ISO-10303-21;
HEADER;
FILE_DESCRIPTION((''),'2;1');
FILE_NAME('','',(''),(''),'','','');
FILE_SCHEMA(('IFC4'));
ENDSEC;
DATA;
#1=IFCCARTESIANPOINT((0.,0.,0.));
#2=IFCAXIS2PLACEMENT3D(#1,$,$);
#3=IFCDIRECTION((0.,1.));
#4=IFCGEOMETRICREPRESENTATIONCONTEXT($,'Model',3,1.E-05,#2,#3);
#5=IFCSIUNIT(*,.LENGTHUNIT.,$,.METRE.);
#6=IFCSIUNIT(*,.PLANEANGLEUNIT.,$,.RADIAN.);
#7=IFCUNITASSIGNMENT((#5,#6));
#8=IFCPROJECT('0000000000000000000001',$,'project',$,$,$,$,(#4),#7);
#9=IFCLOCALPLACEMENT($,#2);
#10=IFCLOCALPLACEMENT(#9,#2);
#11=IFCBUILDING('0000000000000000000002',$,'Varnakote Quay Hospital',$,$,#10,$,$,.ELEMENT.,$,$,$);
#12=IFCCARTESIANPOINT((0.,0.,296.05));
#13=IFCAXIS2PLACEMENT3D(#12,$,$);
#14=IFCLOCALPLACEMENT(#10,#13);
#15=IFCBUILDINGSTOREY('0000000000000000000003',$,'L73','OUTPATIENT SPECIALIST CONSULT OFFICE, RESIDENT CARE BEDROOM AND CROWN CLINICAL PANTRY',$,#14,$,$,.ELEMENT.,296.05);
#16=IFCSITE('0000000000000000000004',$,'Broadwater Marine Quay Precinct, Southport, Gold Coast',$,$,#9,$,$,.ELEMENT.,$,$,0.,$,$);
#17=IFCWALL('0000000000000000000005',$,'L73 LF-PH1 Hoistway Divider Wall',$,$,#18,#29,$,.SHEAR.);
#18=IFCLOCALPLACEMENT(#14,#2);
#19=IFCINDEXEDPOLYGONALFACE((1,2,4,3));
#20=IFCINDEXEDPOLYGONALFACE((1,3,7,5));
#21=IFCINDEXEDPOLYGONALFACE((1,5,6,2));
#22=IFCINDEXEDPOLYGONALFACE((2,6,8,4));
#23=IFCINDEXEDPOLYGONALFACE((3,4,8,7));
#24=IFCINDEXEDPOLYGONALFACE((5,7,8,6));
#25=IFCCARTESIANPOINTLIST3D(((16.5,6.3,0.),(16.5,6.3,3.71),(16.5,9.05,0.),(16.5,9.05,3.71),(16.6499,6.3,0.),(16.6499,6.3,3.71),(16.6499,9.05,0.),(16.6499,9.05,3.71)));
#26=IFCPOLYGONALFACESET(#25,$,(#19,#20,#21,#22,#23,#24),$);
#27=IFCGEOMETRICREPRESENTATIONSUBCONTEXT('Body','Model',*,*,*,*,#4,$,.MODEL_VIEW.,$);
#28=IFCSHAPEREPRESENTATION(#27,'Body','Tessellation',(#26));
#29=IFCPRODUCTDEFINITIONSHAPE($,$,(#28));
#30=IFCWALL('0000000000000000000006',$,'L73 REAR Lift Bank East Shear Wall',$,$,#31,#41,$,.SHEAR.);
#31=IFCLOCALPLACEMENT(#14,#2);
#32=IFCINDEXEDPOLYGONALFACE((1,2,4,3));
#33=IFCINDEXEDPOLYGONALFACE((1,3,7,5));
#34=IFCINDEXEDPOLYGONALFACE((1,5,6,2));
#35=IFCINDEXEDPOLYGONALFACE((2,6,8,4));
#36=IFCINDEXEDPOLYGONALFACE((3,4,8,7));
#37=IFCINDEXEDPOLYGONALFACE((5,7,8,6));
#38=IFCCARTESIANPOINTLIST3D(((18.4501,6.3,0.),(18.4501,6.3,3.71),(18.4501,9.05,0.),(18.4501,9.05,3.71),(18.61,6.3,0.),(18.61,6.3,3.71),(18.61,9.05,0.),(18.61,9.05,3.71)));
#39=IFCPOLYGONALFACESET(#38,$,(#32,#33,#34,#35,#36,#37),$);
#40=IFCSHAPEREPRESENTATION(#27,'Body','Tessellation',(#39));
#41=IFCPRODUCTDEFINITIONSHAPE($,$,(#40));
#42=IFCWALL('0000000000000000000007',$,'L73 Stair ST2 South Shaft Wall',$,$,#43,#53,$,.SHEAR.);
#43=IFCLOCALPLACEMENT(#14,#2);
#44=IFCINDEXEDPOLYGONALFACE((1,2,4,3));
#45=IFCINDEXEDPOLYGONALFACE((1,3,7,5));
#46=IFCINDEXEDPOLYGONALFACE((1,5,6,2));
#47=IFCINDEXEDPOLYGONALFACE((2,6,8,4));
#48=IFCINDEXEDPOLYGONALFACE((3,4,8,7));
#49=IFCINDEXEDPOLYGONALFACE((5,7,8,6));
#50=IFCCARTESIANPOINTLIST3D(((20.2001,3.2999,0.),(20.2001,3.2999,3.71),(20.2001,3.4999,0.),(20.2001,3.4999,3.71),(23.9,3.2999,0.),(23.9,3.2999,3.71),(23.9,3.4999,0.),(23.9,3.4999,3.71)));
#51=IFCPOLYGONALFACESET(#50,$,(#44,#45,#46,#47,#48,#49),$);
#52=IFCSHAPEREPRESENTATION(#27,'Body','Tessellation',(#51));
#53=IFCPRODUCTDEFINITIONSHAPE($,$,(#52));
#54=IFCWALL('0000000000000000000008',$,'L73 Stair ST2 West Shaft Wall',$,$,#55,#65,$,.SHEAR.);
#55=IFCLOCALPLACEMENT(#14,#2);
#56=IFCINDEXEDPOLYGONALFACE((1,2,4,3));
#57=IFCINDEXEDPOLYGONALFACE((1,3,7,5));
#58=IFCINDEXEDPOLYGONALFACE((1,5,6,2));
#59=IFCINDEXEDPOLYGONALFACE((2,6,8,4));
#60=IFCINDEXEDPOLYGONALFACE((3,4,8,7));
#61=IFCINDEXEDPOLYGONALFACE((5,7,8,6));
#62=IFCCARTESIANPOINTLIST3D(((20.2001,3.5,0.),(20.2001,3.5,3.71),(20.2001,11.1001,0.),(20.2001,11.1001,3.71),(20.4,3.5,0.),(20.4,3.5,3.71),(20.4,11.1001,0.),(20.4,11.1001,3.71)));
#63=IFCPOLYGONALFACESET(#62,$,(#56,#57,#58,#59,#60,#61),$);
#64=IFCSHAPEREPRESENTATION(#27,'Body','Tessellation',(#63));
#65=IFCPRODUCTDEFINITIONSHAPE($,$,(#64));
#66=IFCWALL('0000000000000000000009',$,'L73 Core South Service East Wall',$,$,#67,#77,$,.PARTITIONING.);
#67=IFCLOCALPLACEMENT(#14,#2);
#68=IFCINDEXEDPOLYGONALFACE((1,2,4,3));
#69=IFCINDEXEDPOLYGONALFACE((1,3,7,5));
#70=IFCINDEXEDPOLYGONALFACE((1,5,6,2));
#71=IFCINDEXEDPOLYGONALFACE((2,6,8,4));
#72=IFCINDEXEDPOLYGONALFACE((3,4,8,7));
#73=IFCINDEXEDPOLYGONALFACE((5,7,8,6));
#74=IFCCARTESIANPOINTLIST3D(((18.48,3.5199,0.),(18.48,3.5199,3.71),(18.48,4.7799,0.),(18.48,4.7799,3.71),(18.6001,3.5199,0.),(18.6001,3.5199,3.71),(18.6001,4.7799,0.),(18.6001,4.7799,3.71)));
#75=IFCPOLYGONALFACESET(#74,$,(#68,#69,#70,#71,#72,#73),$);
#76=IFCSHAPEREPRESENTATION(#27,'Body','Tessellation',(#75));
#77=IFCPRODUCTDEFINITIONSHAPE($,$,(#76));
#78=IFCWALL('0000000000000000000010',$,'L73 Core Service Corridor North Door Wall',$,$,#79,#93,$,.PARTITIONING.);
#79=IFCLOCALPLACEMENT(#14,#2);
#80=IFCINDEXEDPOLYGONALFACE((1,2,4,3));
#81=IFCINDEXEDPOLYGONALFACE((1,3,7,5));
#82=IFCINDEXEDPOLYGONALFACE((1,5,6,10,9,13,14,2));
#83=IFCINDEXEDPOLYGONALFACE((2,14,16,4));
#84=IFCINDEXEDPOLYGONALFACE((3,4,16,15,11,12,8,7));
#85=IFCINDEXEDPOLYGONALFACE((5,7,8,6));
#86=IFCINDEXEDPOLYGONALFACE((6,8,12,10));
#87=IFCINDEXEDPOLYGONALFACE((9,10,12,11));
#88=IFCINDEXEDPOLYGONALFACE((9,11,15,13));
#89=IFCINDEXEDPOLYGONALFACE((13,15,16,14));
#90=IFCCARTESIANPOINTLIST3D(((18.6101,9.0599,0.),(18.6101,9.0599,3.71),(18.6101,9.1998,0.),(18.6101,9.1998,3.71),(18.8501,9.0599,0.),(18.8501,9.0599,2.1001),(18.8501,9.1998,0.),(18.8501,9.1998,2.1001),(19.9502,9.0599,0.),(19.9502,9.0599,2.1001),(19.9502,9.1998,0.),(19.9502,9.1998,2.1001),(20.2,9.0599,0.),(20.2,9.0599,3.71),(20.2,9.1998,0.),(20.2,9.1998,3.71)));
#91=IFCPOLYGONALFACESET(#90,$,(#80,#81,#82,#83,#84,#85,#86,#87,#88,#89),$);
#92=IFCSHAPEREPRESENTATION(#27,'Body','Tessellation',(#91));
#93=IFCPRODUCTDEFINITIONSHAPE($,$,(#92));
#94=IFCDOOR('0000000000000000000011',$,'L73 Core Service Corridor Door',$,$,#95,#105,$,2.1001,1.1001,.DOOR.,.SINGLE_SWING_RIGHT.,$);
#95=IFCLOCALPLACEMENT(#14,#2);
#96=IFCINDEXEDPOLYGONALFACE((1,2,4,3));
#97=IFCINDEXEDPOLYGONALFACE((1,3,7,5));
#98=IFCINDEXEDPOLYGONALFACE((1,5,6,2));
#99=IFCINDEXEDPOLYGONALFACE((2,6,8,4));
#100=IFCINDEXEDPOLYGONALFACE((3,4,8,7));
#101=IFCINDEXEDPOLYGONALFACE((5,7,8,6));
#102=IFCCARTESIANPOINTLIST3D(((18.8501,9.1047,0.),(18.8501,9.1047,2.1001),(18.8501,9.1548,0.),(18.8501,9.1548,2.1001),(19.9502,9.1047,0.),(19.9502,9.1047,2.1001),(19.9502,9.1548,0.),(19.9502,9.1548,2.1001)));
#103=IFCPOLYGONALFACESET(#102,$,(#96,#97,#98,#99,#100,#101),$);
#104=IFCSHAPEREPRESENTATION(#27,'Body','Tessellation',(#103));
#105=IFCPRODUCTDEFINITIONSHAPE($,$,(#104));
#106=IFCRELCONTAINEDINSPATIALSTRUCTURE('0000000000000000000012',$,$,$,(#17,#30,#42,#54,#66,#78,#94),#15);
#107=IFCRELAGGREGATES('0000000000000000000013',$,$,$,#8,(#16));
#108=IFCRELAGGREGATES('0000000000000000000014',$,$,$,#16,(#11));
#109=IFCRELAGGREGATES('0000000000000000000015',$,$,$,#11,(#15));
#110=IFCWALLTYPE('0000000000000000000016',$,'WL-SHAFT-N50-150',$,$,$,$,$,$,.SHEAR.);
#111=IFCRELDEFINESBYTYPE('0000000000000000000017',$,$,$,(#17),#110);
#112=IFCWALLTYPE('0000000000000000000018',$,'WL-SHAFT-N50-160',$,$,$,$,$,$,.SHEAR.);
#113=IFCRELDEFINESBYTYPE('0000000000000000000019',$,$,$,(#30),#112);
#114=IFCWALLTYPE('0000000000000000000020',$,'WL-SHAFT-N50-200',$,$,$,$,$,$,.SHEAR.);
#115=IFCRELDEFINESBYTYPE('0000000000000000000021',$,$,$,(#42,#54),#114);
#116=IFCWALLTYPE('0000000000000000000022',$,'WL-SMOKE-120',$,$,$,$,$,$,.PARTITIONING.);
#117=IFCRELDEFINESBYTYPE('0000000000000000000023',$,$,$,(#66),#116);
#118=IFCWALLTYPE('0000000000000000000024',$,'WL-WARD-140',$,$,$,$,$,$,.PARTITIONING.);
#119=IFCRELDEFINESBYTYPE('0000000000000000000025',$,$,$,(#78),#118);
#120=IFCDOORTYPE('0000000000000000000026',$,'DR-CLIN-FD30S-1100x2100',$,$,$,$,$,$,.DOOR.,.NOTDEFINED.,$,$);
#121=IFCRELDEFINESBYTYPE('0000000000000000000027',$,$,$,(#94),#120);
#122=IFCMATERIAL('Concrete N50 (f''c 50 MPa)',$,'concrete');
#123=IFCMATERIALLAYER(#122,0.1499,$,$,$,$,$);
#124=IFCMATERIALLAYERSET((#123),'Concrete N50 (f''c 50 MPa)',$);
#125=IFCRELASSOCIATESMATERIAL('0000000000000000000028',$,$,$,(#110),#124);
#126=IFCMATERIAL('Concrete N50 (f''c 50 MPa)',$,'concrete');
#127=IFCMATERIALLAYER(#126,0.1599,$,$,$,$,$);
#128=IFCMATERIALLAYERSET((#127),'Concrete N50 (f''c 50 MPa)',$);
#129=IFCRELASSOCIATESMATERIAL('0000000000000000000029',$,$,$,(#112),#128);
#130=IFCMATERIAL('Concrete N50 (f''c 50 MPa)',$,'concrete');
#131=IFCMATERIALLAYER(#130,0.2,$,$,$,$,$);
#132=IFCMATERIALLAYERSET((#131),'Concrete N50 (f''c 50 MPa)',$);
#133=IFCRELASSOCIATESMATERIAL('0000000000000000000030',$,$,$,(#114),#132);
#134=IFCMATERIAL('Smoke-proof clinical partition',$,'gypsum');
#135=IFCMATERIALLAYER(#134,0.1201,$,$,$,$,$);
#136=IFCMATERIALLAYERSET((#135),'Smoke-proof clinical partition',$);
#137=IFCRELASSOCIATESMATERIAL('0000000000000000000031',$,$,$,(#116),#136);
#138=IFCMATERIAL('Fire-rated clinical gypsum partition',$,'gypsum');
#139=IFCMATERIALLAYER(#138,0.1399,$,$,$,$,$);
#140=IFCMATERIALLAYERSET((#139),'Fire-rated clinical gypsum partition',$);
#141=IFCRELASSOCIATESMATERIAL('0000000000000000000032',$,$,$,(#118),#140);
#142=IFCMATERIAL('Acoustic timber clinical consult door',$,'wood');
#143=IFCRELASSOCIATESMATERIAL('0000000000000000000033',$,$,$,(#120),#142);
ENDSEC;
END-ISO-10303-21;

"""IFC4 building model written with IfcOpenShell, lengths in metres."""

from ifc_helpers import new_model, si_unit, direction, frame, frame_2d, origin, place, context, subcontext, project, spatial, rectangle, extrude, material, layer, layer_set, type_object, element, fill, save


model = new_model("IFC4")

# Units and contexts
model_context = context("Model", 3, precision=1e-05, world=origin(), true_north=direction((0.0, 1.0)))
body_context = subcontext(model_context, "Body", "Model", "MODEL_VIEW")
ifc_project = project(units=[si_unit("LENGTHUNIT", "METRE"), si_unit("PLANEANGLEUNIT", "RADIAN")], contexts=[model_context])

# Site, building, storey
site_placement = place(None, origin())
site = spatial("IfcSite", under=ifc_project, at=site_placement, Name="Broadwater Marine Quay Precinct, Southport, Gold Coast", CompositionType="ELEMENT", RefElevation=0.0)
building_placement = place(site_placement, origin())
building = spatial("IfcBuilding", under=site, at=building_placement, Name="Varnakote Quay Hospital", CompositionType="ELEMENT")
storey_placement = place(building_placement, frame((0.0, 0.0, 296.05)))
storey = spatial("IfcBuildingStorey", under=building, at=storey_placement, Name="L73", Description="OUTPATIENT SPECIALIST CONSULT OFFICE, RESIDENT CARE BEDROOM AND CROWN CLINICAL PANTRY", CompositionType="ELEMENT", Elevation=296.05)

# Walls
ifc_material_1 = material(Name="Concrete N50 (f'c 50 MPa)", Category="concrete")
ifc_layer_1 = layer(ifc_material_1, 0.1499)
ifc_layer_set_1 = layer_set([ifc_layer_1], Name="Concrete N50 (f'c 50 MPa)")
wall_type_1 = type_object("IfcWallType", Name="WL-SHAFT-N50-150", PredefinedType="SHEAR", material=ifc_layer_set_1)
for number, where, z_axis, x_axis, name in (
    (1, (16.575, 6.3, 0.0), (0.0, 0.0, 1.0), (0.0, 1.0, 0.0), "L73 LF-PH1 Hoistway Divider Wall"),
):
    element("IfcWall", number, at=place(storey_placement, frame(where, z_axis=z_axis, x_axis=x_axis)), inside=storey, type_object=wall_type_1, Name=name, PredefinedType="SHEAR", context=body_context, shape_type="SweptSolid", body=[
        extrude(rectangle(XDim=2.75, YDim=0.1499, at=frame_2d((1.375, 0.0))), origin(), (0.0, 0.0, 1.0), 3.71),
    ])
ifc_material_2 = material(Name="Concrete N50 (f'c 50 MPa)", Category="concrete")
ifc_layer_2 = layer(ifc_material_2, 0.1599)
ifc_layer_set_2 = layer_set([ifc_layer_2], Name="Concrete N50 (f'c 50 MPa)")
wall_type_2 = type_object("IfcWallType", Name="WL-SHAFT-N50-160", PredefinedType="SHEAR", material=ifc_layer_set_2)
wall_1_placement = place(storey_placement, frame((18.53, 6.3, 0.0), z_axis=(0.0, 0.0, 1.0), x_axis=(0.0, 1.0, 0.0)))
element("IfcWall", 2, at=wall_1_placement, inside=storey, type_object=wall_type_2, Name="L73 REAR Lift Bank East Shear Wall", PredefinedType="SHEAR", context=body_context, shape_type="SweptSolid", body=[
    extrude(rectangle(XDim=2.75, YDim=0.1599, at=frame_2d((1.375, 0.0))), origin(), (0.0, 0.0, 1.0), 3.71),
])

# Walls
ifc_material_3 = material(Name="Concrete N50 (f'c 50 MPa)", Category="concrete")
ifc_layer_3 = layer(ifc_material_3, 0.2)
ifc_layer_set_3 = layer_set([ifc_layer_3], Name="Concrete N50 (f'c 50 MPa)")
wall_type_3 = type_object("IfcWallType", Name="WL-SHAFT-N50-200", PredefinedType="SHEAR", material=ifc_layer_set_3)
wall_2_placement = place(storey_placement, frame((20.2, 3.3999, 0.0), z_axis=(0.0, 0.0, 1.0), x_axis=(1.0, 0.0, 0.0)))
element("IfcWall", 3, at=wall_2_placement, inside=storey, type_object=wall_type_3, Name="L73 Stair ST2 South Shaft Wall", PredefinedType="SHEAR", context=body_context, shape_type="SweptSolid", body=[
    extrude(rectangle(XDim=3.7, YDim=0.2, at=frame_2d((1.8501, 0.0))), origin(), (0.0, 0.0, 1.0), 3.71),
])
wall_3_placement = place(storey_placement, frame((20.3, 3.5, 0.0), z_axis=(0.0, 0.0, 1.0), x_axis=(0.0, 1.0, 0.0)))
element("IfcWall", 4, at=wall_3_placement, inside=storey, type_object=wall_type_3, Name="L73 Stair ST2 West Shaft Wall", PredefinedType="SHEAR", context=body_context, shape_type="SweptSolid", body=[
    extrude(rectangle(XDim=7.6001, YDim=0.2, at=frame_2d((3.8, 0.0))), origin(), (0.0, 0.0, 1.0), 3.71),
])

# Wall
ifc_material_4 = material(Name="Smoke-proof clinical partition", Category="gypsum")
ifc_layer_4 = layer(ifc_material_4, 0.1201)
ifc_layer_set_4 = layer_set([ifc_layer_4], Name="Smoke-proof clinical partition")
wall_type_4 = type_object("IfcWallType", Name="WL-SMOKE-120", PredefinedType="PARTITIONING", material=ifc_layer_set_4)
wall_4_placement = place(storey_placement, frame((18.54, 3.52, 0.0), z_axis=(0.0, 0.0, 1.0), x_axis=(0.0, 1.0, 0.0)))
element("IfcWall", 5, at=wall_4_placement, inside=storey, type_object=wall_type_4, Name="L73 Core South Service East Wall", PredefinedType="PARTITIONING", context=body_context, shape_type="SweptSolid", body=[
    extrude(rectangle(XDim=1.26, YDim=0.1201, at=frame_2d((0.6299, 0.0))), origin(), (0.0, 0.0, 1.0), 3.71),
])

# Wall, opening, door
ifc_material_5 = material(Name="Fire-rated clinical gypsum partition", Category="gypsum")
ifc_layer_5 = layer(ifc_material_5, 0.1399)
ifc_layer_set_5 = layer_set([ifc_layer_5], Name="Fire-rated clinical gypsum partition")
wall_type_5 = type_object("IfcWallType", Name="WL-WARD-140", PredefinedType="PARTITIONING", material=ifc_layer_set_5)
wall_5_placement = place(storey_placement, frame((18.6101, 9.1299, 0.0), z_axis=(0.0, 0.0, 1.0), x_axis=(1.0, 0.0, 0.0)))
wall_5 = element("IfcWall", 6, at=wall_5_placement, inside=storey, type_object=wall_type_5, Name="L73 Core Service Corridor North Door Wall", PredefinedType="PARTITIONING", context=body_context, shape_type="SweptSolid", body=[
    extrude(rectangle(XDim=1.5898, YDim=0.1399, at=frame_2d((0.7949, 0.0))), origin(), (0.0, 0.0, 1.0), 3.71),
])
opening_1_placement = place(wall_5_placement, frame((0.24, 0.0, 0.0)))
opening_1 = element("IfcOpeningElement", 7, at=opening_1_placement, cuts=wall_5, PredefinedType="OPENING", context=body_context, shape_type="SweptSolid", body=[
    extrude(rectangle(XDim=1.1001, YDim=2.1001, at=frame_2d((0.55, 1.05))), frame((0.0, 0.0798, 0.0), z_axis=(0.0, -1.0, 0.0), x_axis=(1.0, 0.0, 0.0)), (0.0, 0.0, 1.0), 0.1599),
])
ifc_material_6 = material(Name="Acoustic timber clinical consult door", Category="wood")
door_type_1 = type_object("IfcDoorType", Name="DR-CLIN-FD30S-1100x2100", OperationType="NOTDEFINED", PredefinedType="DOOR", material=ifc_material_6)
door_1_placement = place(opening_1_placement, origin())
door_1 = element("IfcDoor", 8, at=door_1_placement, inside=storey, type_object=door_type_1, Name="L73 Core Service Corridor Door", OperationType="SINGLE_SWING_RIGHT", OverallHeight=2.1001, OverallWidth=1.1001, PredefinedType="DOOR", context=body_context, shape_type="SweptSolid", body=[
    extrude(rectangle(XDim=1.1001, YDim=2.1001, at=frame_2d((0.55, 1.05))), frame((0.0, 0.0249, 0.0), z_axis=(0.0, -1.0, 0.0), x_axis=(1.0, 0.0, 0.0)), (0.0, 0.0, 1.0), 0.05),
])
fill(opening_1, door_1)

save(model, "model.ifc")
